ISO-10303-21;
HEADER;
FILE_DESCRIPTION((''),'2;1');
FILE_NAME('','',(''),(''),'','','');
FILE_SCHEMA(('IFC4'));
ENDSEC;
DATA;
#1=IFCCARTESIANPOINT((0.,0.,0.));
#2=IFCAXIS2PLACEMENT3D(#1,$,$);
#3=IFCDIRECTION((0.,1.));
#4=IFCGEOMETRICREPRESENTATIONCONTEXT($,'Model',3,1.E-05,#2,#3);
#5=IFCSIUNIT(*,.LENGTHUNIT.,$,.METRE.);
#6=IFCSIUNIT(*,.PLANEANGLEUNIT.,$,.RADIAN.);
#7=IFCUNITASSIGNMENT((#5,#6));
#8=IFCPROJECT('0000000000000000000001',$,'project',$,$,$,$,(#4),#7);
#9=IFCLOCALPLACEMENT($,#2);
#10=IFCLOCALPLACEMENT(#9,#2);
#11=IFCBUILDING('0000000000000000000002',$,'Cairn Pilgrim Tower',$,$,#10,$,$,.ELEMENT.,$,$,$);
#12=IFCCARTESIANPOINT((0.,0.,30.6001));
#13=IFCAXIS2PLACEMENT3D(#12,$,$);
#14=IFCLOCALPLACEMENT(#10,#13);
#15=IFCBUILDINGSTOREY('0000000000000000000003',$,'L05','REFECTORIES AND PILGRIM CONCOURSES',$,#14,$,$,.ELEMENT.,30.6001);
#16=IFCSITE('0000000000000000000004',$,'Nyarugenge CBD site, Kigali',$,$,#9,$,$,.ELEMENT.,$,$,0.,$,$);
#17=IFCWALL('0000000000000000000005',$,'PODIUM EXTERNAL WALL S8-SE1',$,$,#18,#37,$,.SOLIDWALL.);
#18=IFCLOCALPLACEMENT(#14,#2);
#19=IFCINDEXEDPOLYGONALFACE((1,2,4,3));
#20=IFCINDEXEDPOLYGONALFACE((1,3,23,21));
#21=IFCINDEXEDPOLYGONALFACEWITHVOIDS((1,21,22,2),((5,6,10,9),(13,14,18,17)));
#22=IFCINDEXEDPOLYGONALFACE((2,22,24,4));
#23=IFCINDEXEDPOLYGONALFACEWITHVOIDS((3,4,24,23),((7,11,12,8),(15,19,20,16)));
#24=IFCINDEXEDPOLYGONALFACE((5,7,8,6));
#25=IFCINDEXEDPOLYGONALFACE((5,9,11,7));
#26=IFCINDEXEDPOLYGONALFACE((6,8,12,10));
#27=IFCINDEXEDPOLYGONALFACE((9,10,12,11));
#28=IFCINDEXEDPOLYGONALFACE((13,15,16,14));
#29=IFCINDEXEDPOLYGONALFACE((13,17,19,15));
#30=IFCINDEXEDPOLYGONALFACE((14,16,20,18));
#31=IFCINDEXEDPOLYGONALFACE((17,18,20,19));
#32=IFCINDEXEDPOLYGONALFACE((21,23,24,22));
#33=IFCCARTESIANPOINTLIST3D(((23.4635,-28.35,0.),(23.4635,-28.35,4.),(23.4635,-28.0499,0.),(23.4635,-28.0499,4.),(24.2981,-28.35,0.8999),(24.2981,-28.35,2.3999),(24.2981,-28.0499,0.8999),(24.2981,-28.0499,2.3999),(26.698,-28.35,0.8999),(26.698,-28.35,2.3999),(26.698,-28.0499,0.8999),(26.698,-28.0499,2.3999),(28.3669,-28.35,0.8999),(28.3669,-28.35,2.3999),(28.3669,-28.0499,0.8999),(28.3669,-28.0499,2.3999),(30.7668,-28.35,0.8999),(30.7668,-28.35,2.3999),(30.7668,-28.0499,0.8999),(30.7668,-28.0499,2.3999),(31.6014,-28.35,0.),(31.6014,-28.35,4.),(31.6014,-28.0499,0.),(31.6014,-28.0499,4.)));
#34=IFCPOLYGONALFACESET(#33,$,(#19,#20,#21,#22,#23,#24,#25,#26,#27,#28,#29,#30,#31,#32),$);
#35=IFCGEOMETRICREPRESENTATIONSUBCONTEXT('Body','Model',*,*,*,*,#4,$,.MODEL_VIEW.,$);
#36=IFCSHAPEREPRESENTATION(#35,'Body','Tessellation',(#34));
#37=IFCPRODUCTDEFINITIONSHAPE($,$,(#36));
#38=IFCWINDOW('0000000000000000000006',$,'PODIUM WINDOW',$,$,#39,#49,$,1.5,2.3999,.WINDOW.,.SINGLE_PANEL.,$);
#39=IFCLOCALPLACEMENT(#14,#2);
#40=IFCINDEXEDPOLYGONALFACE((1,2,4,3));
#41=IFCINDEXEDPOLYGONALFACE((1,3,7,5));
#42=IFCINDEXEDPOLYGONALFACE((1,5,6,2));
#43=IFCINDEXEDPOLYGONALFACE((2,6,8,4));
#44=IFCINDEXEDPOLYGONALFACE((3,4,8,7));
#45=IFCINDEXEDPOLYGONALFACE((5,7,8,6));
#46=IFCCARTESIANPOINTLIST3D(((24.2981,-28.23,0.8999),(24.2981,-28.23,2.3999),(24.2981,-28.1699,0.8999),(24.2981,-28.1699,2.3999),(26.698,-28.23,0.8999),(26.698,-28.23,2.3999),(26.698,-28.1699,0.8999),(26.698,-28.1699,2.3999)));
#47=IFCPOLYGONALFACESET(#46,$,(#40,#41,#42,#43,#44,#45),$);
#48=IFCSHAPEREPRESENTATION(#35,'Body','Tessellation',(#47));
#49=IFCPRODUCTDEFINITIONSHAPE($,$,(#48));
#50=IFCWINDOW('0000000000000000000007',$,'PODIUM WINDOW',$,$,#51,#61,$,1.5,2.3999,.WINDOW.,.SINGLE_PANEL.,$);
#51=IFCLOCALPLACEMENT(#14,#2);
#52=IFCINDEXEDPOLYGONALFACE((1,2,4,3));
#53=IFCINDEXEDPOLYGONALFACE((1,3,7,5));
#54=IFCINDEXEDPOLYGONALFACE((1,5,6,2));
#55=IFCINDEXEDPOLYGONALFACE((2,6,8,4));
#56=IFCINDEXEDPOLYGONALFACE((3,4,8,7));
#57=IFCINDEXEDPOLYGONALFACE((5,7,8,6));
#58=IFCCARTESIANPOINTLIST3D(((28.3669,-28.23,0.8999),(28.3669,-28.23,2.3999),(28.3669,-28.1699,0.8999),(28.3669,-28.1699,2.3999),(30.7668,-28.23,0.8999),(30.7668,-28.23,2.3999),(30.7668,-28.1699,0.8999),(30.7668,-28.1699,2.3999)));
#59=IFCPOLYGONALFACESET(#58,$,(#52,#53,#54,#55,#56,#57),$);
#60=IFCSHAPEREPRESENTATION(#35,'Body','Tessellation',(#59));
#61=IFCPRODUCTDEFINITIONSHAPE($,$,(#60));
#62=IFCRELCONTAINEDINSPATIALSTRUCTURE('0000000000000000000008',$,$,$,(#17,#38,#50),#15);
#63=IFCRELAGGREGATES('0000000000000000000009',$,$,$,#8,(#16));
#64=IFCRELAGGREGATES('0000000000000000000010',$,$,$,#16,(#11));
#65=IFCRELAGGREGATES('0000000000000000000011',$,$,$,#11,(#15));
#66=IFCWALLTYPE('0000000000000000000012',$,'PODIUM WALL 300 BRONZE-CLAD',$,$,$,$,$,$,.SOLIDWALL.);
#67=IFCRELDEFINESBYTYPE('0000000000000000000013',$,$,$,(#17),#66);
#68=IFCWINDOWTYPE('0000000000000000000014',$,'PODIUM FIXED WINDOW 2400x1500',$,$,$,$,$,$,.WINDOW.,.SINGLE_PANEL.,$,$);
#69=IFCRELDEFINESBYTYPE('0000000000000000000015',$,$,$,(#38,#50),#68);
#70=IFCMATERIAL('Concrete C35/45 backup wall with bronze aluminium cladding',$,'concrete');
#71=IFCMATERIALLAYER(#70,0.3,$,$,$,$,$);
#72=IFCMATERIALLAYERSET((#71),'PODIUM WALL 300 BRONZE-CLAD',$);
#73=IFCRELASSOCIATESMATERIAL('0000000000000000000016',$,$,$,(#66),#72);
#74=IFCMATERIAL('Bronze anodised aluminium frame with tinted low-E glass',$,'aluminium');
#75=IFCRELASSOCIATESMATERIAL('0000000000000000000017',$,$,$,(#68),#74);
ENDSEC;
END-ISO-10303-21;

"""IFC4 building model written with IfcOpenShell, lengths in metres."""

from ifc_helpers import new_model, si_unit, direction, frame, frame_2d, origin, place, context, subcontext, project, spatial, rectangle, extrude, material, layer, layer_set, type_object, element, fill, save


model = new_model("IFC4")

# Units and contexts
model_context = context("Model", 3, precision=1e-05, world=origin(), true_north=direction((0.0, 1.0)))
body_context = subcontext(model_context, "Body", "Model", "MODEL_VIEW")
ifc_project = project(units=[si_unit("LENGTHUNIT", "METRE"), si_unit("PLANEANGLEUNIT", "RADIAN")], contexts=[model_context])

# Site, building, storey
site_placement = place(None, origin())
site = spatial("IfcSite", under=ifc_project, at=site_placement, Name="Nyarugenge CBD site, Kigali", CompositionType="ELEMENT", RefElevation=0.0)
building_placement = place(site_placement, origin())
building = spatial("IfcBuilding", under=site, at=building_placement, Name="Cairn Pilgrim Tower", CompositionType="ELEMENT")
storey_placement = place(building_placement, frame((0.0, 0.0, 30.6001)))
storey = spatial("IfcBuildingStorey", under=building, at=storey_placement, Name="L05", Description="REFECTORIES AND PILGRIM CONCOURSES", CompositionType="ELEMENT", Elevation=30.6001)

# Wall, openings, windows
ifc_material_1 = material(Name="Concrete C35/45 backup wall with bronze aluminium cladding", Category="concrete")
ifc_layer_1 = layer(ifc_material_1, 0.3)
ifc_layer_set_1 = layer_set([ifc_layer_1], Name="PODIUM WALL 300 BRONZE-CLAD")
wall_type_1 = type_object("IfcWallType", Name="PODIUM WALL 300 BRONZE-CLAD", PredefinedType="SOLIDWALL", material=ifc_layer_set_1)
wall_1_placement = place(storey_placement, frame((23.4636, -28.2, 0.0), z_axis=(0.0, 0.0, 1.0), x_axis=(1.0, 0.0, 0.0)))
wall_1 = element("IfcWall", 1, at=wall_1_placement, inside=storey, type_object=wall_type_1, Name="PODIUM EXTERNAL WALL S8-SE1", PredefinedType="SOLIDWALL", context=body_context, shape_type="SweptSolid", body=[
    extrude(rectangle(XDim=8.1379, YDim=0.3, at=frame_2d((4.0688, 0.0))), origin(), (0.0, 0.0, 1.0), 4.0),
])
opening_1_placement = place(wall_1_placement, frame((0.8345, 0.0, 0.8999)))
opening_1 = element("IfcOpeningElement", 2, at=opening_1_placement, cuts=wall_1, PredefinedType="OPENING", context=body_context, shape_type="SweptSolid", body=[
    extrude(rectangle(XDim=2.3999, YDim=1.5, at=frame_2d((1.2, 0.75))), frame((0.0, 0.1602, 0.0), z_axis=(0.0, -1.0, 0.0), x_axis=(1.0, 0.0, 0.0)), (0.0, 0.0, 1.0), 0.3201),
])
opening_2_placement = place(wall_1_placement, frame((4.9033, 0.0, 0.8999)))
opening_2 = element("IfcOpeningElement", 3, at=opening_2_placement, cuts=wall_1, PredefinedType="OPENING", context=body_context, shape_type="SweptSolid", body=[
    extrude(rectangle(XDim=2.3999, YDim=1.5, at=frame_2d((1.2, 0.75))), frame((0.0, 0.1602, 0.0), z_axis=(0.0, -1.0, 0.0), x_axis=(1.0, 0.0, 0.0)), (0.0, 0.0, 1.0), 0.3201),
])
ifc_material_2 = material(Name="Bronze anodised aluminium frame with tinted low-E glass", Category="aluminium")
window_type = type_object("IfcWindowType", Name="PODIUM FIXED WINDOW 2400x1500", PartitioningType="SINGLE_PANEL", PredefinedType="WINDOW", material=ifc_material_2)
window_1_placement = place(opening_1_placement, origin())
window_1 = element("IfcWindow", 4, at=window_1_placement, inside=storey, type_object=window_type, Name="PODIUM WINDOW", OverallHeight=1.5, OverallWidth=2.3999, PartitioningType="SINGLE_PANEL", PredefinedType="WINDOW", context=body_context, shape_type="SweptSolid", body=[
    extrude(rectangle(XDim=2.3999, YDim=1.5, at=frame_2d((1.2, 0.75))), frame((0.0, 0.03, 0.0), z_axis=(0.0, -1.0, 0.0), x_axis=(1.0, 0.0, 0.0)), (0.0, 0.0, 1.0), 0.0601),
])
fill(opening_1, window_1)
window_2_placement = place(opening_2_placement, origin())
window_2 = element("IfcWindow", 5, at=window_2_placement, inside=storey, type_object=window_type, Name="PODIUM WINDOW", OverallHeight=1.5, OverallWidth=2.3999, PartitioningType="SINGLE_PANEL", PredefinedType="WINDOW", context=body_context, shape_type="SweptSolid", body=[
    extrude(rectangle(XDim=2.3999, YDim=1.5, at=frame_2d((1.2, 0.75))), frame((0.0, 0.03, 0.0), z_axis=(0.0, -1.0, 0.0), x_axis=(1.0, 0.0, 0.0)), (0.0, 0.0, 1.0), 0.0601),
])
fill(opening_2, window_2)

save(model, "model.ifc")
